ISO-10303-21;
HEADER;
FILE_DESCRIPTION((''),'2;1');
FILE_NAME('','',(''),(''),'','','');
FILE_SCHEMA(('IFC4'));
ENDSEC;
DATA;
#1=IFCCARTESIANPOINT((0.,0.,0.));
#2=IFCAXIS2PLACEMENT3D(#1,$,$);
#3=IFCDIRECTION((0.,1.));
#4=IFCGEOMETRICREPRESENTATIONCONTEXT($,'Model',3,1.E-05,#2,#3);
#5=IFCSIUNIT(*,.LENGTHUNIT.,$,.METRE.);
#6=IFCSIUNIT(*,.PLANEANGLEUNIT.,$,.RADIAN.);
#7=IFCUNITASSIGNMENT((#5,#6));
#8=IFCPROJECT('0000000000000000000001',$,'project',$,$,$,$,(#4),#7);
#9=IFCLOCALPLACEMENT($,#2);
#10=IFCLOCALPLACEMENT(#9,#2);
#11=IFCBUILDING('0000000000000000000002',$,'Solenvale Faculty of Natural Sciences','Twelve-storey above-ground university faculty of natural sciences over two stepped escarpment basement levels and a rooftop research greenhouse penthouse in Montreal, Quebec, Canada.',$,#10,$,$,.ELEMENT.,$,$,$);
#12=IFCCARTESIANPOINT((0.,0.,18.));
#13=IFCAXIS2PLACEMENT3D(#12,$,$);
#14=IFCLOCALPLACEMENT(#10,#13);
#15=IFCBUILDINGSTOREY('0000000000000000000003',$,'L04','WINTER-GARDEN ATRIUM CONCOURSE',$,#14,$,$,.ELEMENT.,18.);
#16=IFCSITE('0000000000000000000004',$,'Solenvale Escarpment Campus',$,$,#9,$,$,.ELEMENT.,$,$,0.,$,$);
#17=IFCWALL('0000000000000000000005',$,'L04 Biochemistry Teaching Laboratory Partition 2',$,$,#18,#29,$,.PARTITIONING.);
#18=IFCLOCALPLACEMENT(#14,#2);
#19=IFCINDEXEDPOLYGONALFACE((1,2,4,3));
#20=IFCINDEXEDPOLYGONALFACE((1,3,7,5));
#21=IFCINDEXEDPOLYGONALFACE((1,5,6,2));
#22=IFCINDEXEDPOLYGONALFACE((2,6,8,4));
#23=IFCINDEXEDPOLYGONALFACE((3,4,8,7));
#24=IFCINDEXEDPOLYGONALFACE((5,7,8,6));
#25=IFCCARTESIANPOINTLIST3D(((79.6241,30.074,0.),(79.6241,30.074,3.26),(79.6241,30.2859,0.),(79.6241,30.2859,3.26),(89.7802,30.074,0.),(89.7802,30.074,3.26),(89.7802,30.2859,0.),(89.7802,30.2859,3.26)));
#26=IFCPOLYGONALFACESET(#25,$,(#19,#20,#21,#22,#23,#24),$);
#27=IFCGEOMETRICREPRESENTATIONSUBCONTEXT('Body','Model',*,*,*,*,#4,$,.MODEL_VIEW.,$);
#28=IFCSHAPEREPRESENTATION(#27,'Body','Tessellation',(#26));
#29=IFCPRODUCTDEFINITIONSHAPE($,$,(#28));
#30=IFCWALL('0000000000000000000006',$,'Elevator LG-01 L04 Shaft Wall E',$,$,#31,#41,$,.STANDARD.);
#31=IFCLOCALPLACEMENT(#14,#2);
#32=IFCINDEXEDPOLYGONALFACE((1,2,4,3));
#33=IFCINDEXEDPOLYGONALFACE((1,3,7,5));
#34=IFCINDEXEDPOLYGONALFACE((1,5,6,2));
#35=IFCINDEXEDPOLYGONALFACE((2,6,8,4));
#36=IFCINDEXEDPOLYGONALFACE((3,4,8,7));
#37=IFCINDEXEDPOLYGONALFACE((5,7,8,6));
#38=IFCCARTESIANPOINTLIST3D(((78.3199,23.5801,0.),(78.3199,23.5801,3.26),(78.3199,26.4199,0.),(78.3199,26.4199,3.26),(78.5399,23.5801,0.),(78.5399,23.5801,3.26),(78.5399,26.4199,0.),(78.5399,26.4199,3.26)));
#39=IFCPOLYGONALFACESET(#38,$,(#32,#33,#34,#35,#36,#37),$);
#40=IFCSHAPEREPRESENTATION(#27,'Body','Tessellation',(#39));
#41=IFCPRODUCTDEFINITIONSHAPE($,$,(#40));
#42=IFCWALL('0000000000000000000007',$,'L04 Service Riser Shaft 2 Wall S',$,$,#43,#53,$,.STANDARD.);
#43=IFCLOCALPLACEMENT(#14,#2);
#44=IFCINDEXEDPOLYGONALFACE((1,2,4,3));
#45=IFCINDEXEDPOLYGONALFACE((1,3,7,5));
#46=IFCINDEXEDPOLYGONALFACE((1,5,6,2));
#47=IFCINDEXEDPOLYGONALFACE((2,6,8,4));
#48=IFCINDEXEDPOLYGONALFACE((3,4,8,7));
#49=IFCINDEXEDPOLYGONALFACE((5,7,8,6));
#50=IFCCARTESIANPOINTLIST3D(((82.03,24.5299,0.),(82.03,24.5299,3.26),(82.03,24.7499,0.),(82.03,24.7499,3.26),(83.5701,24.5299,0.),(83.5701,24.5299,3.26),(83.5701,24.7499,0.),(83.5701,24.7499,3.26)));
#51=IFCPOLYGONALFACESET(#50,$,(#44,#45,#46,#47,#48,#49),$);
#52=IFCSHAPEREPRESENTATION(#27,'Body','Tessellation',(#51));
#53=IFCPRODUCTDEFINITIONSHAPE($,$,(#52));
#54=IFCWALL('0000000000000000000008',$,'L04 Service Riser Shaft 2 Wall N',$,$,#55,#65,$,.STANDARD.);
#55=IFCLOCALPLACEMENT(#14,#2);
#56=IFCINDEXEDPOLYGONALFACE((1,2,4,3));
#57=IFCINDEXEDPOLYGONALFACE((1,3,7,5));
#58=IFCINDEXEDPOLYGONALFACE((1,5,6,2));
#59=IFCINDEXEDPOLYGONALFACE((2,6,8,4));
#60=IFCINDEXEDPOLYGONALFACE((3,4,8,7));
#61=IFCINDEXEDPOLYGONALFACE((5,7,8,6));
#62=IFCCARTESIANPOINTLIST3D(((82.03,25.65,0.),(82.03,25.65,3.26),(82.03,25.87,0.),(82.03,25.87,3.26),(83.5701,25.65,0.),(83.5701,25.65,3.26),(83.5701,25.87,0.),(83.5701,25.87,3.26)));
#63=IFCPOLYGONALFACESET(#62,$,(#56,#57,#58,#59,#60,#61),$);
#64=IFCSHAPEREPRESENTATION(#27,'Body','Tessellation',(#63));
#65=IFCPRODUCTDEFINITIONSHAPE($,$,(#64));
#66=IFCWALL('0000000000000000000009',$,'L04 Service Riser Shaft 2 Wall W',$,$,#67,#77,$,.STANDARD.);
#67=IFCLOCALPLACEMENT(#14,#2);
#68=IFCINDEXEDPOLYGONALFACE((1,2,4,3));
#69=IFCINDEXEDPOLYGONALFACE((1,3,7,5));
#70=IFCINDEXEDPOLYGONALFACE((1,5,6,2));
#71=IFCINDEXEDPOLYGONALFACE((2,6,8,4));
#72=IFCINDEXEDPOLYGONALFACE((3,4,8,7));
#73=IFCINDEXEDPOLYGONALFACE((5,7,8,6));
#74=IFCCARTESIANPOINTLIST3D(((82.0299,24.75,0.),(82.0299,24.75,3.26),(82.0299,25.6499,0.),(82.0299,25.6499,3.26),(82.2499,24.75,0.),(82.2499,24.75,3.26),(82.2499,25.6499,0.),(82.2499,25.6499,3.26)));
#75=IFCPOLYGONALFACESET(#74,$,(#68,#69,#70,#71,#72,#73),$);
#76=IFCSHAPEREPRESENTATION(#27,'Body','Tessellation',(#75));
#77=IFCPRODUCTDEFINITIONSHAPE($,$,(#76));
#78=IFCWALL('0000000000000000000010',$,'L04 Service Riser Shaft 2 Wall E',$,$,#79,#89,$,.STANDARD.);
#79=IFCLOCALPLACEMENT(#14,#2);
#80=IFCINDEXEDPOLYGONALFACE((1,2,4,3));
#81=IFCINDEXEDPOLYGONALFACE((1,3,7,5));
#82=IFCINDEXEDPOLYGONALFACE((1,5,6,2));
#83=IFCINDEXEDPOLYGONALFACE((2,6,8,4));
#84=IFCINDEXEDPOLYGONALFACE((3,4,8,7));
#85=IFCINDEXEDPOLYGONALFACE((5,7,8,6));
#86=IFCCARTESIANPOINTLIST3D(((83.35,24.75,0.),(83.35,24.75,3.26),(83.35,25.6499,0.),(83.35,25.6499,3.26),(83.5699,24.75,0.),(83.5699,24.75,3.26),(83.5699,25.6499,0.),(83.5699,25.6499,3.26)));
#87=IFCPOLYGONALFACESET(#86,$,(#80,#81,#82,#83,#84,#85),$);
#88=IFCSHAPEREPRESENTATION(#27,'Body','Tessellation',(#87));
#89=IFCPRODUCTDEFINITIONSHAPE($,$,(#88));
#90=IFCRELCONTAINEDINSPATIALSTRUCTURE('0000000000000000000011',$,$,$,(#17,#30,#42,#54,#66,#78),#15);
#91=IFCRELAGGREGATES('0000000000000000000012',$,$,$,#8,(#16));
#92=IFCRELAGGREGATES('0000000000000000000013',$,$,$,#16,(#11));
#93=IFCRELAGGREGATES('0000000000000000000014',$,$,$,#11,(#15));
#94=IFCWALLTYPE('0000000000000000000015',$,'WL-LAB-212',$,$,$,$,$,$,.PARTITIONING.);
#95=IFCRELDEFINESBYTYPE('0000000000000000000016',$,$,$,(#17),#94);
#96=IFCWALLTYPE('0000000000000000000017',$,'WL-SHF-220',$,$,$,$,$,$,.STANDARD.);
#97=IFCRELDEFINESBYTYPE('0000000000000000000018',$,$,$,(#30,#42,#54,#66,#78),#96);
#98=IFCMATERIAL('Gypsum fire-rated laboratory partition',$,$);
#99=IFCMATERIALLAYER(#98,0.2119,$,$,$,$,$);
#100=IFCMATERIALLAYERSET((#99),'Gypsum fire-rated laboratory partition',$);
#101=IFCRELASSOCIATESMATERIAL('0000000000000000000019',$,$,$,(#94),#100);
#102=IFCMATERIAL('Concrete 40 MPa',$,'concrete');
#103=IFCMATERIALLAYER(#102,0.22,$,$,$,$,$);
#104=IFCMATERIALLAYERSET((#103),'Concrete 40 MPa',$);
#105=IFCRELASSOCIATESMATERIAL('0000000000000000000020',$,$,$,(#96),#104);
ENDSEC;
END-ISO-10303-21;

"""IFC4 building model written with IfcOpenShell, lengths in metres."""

from ifc_helpers import new_model, si_unit, direction, frame, frame_2d, origin, place, context, subcontext, project, spatial, rectangle, extrude, material, layer, layer_set, type_object, element, save


model = new_model("IFC4")

# Units and contexts
model_context = context("Model", 3, precision=1e-05, world=origin(), true_north=direction((0.0, 1.0)))
body_context = subcontext(model_context, "Body", "Model", "MODEL_VIEW")
ifc_project = project(units=[si_unit("LENGTHUNIT", "METRE"), si_unit("PLANEANGLEUNIT", "RADIAN")], contexts=[model_context])

# Site, building, storey
site_placement = place(None, origin())
site = spatial("IfcSite", under=ifc_project, at=site_placement, Name="Solenvale Escarpment Campus", CompositionType="ELEMENT", RefElevation=0.0)
building_placement = place(site_placement, origin())
building = spatial("IfcBuilding", under=site, at=building_placement, Name="Solenvale Faculty of Natural Sciences", Description="Twelve-storey above-ground university faculty of natural sciences over two stepped escarpment basement levels and a rooftop research greenhouse penthouse in Montreal, Quebec, Canada.", CompositionType="ELEMENT")
storey_placement = place(building_placement, frame((0.0, 0.0, 18.0)))
storey = spatial("IfcBuildingStorey", under=building, at=storey_placement, Name="L04", Description="WINTER-GARDEN ATRIUM CONCOURSE", CompositionType="ELEMENT", Elevation=18.0)

# Shared definitions
ifc_material_1 = material(Name="Concrete 40 MPa", Category="concrete")

# Walls
ifc_material_2 = material(Name="Gypsum fire-rated laboratory partition")
ifc_layer_1 = layer(ifc_material_2, 0.2119)
ifc_layer_set_1 = layer_set([ifc_layer_1], Name="Gypsum fire-rated laboratory partition")
wall_type_1 = type_object("IfcWallType", Name="WL-LAB-212", PredefinedType="PARTITIONING", material=ifc_layer_set_1)
wall_1_placement = place(storey_placement, frame((79.624, 30.1799, 0.0), z_axis=(0.0, 0.0, 1.0), x_axis=(1.0, 0.0, 0.0)))
element("IfcWall", 1, at=wall_1_placement, inside=storey, type_object=wall_type_1, Name="L04 Biochemistry Teaching Laboratory Partition 2", PredefinedType="PARTITIONING", context=body_context, shape_type="SweptSolid", body=[
    extrude(rectangle(XDim=10.156, YDim=0.2119, at=frame_2d((5.0781, 0.0))), origin(), (0.0, 0.0, 1.0), 3.26),
])
ifc_layer_2 = layer(ifc_material_1, 0.22)
ifc_layer_set_2 = layer_set([ifc_layer_2], Name="Concrete 40 MPa")
wall_type_2 = type_object("IfcWallType", Name="WL-SHF-220", PredefinedType="STANDARD", material=ifc_layer_set_2)
wall_2_placement = place(storey_placement, frame((78.4299, 23.5801, 0.0), z_axis=(0.0, 0.0, 1.0), x_axis=(0.0, 1.0, 0.0)))
element("IfcWall", 2, at=wall_2_placement, inside=storey, type_object=wall_type_2, Name="Elevator LG-01 L04 Shaft Wall E", PredefinedType="STANDARD", context=body_context, shape_type="SweptSolid", body=[
    extrude(rectangle(XDim=2.8398, YDim=0.22, at=frame_2d((1.4199, 0.0))), origin(), (0.0, 0.0, 1.0), 3.26),
])
for number, where, z_axis, x_axis, name in (
    (3, (82.03, 24.6399, 0.0), (0.0, 0.0, 1.0), (1.0, 0.0, 0.0), "L04 Service Riser Shaft 2 Wall S"),
    (4, (82.03, 25.76, 0.0), (0.0, 0.0, 1.0), (1.0, 0.0, 0.0), "L04 Service Riser Shaft 2 Wall N"),
):
    element("IfcWall", number, at=place(storey_placement, frame(where, z_axis=z_axis, x_axis=x_axis)), inside=storey, type_object=wall_type_2, Name=name, PredefinedType="STANDARD", context=body_context, shape_type="SweptSolid", body=[
        extrude(rectangle(XDim=1.54, YDim=0.22, at=frame_2d((0.77, 0.0))), origin(), (0.0, 0.0, 1.0), 3.26),
    ])
for number, where, z_axis, x_axis, name in (
    (5, (82.1399, 24.75, 0.0), (0.0, 0.0, 1.0), (0.0, 1.0, 0.0), "L04 Service Riser Shaft 2 Wall W"),
    (6, (83.46, 24.75, 0.0), (0.0, 0.0, 1.0), (0.0, 1.0, 0.0), "L04 Service Riser Shaft 2 Wall E"),
):
    element("IfcWall", number, at=place(storey_placement, frame(where, z_axis=z_axis, x_axis=x_axis)), inside=storey, type_object=wall_type_2, Name=name, PredefinedType="STANDARD", context=body_context, shape_type="SweptSolid", body=[
        extrude(rectangle(XDim=0.8999, YDim=0.22, at=frame_2d((0.45, 0.0))), origin(), (0.0, 0.0, 1.0), 3.26),
    ])

save(model, "model.ifc")
